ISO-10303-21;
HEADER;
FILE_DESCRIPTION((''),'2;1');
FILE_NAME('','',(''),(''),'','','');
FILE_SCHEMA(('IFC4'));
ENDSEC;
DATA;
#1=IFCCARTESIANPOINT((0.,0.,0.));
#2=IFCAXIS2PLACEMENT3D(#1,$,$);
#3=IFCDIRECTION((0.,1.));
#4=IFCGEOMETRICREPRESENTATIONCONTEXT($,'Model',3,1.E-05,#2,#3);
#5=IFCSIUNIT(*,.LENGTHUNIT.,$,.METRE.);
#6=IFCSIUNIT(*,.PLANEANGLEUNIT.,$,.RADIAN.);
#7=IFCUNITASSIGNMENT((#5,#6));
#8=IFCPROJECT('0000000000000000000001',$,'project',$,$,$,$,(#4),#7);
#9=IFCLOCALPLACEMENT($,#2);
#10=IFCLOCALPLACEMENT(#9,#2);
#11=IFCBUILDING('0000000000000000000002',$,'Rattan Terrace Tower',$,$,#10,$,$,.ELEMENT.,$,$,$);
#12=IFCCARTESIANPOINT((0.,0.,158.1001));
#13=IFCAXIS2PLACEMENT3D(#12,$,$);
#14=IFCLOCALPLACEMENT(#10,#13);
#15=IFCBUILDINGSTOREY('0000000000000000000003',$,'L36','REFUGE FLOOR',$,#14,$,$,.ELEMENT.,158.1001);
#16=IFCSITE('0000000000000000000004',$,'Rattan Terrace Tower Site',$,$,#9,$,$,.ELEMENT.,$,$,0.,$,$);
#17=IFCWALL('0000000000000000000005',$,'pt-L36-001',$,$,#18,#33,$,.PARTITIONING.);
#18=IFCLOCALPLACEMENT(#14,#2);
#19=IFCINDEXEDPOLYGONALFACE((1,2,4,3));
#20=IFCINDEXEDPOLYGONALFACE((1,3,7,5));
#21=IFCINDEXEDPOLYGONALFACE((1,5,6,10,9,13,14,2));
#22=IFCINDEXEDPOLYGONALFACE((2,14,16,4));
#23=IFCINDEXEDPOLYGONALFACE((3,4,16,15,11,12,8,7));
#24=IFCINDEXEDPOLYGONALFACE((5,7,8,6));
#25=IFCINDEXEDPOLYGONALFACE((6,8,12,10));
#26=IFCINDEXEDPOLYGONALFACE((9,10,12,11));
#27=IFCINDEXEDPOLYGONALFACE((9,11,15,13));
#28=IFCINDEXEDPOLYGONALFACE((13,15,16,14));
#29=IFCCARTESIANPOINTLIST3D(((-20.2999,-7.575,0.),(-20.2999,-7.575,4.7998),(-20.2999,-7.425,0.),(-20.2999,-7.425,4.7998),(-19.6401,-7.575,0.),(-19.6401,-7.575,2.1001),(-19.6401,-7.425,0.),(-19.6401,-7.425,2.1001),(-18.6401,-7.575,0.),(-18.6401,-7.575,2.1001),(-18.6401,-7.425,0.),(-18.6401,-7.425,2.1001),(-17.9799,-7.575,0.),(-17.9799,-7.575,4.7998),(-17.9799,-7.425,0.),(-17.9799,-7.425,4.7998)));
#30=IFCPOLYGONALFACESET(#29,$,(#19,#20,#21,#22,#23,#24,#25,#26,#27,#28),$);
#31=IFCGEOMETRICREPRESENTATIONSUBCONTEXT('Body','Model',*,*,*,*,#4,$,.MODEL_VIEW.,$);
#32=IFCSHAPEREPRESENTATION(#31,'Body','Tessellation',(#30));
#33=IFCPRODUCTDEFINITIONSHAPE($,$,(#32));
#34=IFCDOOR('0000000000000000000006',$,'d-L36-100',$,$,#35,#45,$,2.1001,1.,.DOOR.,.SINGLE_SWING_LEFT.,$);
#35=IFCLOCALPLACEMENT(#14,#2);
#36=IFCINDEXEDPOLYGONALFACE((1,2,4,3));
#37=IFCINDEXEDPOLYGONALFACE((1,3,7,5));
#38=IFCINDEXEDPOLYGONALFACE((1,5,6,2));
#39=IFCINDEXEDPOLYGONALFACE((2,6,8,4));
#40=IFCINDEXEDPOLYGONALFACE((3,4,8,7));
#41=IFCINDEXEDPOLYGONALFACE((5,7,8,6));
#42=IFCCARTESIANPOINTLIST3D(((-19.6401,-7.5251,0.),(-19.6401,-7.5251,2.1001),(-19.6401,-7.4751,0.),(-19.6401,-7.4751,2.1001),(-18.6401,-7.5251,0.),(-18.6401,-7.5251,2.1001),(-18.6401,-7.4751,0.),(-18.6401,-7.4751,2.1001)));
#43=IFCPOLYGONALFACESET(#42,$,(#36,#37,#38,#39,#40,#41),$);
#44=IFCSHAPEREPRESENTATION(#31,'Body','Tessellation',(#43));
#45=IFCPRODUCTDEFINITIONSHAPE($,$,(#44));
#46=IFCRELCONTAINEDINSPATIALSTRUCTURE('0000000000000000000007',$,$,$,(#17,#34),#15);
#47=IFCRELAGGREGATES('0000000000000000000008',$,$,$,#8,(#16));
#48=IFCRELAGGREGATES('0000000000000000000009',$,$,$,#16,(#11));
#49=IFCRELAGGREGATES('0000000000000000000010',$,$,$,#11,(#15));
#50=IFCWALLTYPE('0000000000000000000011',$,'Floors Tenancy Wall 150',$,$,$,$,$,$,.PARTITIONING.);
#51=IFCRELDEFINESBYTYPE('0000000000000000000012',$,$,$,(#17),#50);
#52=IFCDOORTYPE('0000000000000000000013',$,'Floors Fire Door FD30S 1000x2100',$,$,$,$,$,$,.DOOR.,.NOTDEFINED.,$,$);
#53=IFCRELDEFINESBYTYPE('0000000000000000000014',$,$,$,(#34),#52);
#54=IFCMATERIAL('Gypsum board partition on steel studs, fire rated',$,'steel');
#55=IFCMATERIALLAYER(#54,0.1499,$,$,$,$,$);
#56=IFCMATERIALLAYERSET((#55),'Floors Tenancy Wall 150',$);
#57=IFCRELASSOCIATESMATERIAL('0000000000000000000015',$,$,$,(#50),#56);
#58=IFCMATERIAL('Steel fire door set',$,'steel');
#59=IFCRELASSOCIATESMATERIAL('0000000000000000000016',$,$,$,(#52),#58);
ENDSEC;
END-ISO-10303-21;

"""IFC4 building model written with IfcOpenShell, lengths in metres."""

from ifc_helpers import new_model, si_unit, direction, frame, frame_2d, origin, place, context, subcontext, project, spatial, rectangle, extrude, material, layer, layer_set, type_object, element, fill, save


model = new_model("IFC4")

# Units and contexts
model_context = context("Model", 3, precision=1e-05, world=origin(), true_north=direction((0.0, 1.0)))
body_context = subcontext(model_context, "Body", "Model", "MODEL_VIEW")
ifc_project = project(units=[si_unit("LENGTHUNIT", "METRE"), si_unit("PLANEANGLEUNIT", "RADIAN")], contexts=[model_context])

# Site, building, storey
site_placement = place(None, origin())
site = spatial("IfcSite", under=ifc_project, at=site_placement, Name="Rattan Terrace Tower Site", CompositionType="ELEMENT", RefElevation=0.0)
building_placement = place(site_placement, origin())
building = spatial("IfcBuilding", under=site, at=building_placement, Name="Rattan Terrace Tower", CompositionType="ELEMENT")
storey_placement = place(building_placement, frame((0.0, 0.0, 158.1001)))
storey = spatial("IfcBuildingStorey", under=building, at=storey_placement, Name="L36", Description="REFUGE FLOOR", CompositionType="ELEMENT", Elevation=158.1001)

# Wall, opening, door
ifc_material_1 = material(Name="Gypsum board partition on steel studs, fire rated", Category="steel")
ifc_layer_1 = layer(ifc_material_1, 0.1499)
ifc_layer_set_1 = layer_set([ifc_layer_1], Name="Floors Tenancy Wall 150")
wall_type_1 = type_object("IfcWallType", Name="Floors Tenancy Wall 150", PredefinedType="PARTITIONING", material=ifc_layer_set_1)
wall_1_placement = place(storey_placement, frame((-20.3, -7.5, 0.0), z_axis=(0.0, 0.0, 1.0), x_axis=(1.0, 0.0, 0.0)))
wall_1 = element("IfcWall", 1, at=wall_1_placement, inside=storey, type_object=wall_type_1, Name="pt-L36-001", PredefinedType="PARTITIONING", context=body_context, shape_type="SweptSolid", body=[
    extrude(rectangle(XDim=2.3201, YDim=0.1499, at=frame_2d((1.1602, 0.0))), origin(), (0.0, 0.0, 1.0), 4.7998),
])
opening_1_placement = place(wall_1_placement, frame((0.6599, 0.0, 0.0)))
opening_1 = element("IfcOpeningElement", 2, at=opening_1_placement, cuts=wall_1, PredefinedType="OPENING", context=body_context, shape_type="SweptSolid", body=[
    extrude(rectangle(XDim=1.0, YDim=2.1001, at=frame_2d((0.5, 1.05))), frame((0.0, 0.0854, 0.0), z_axis=(0.0, -1.0, 0.0), x_axis=(1.0, 0.0, 0.0)), (0.0, 0.0, 1.0), 0.1709),
])
ifc_material_2 = material(Name="Steel fire door set", Category="steel")
door_type_1 = type_object("IfcDoorType", Name="Floors Fire Door FD30S 1000x2100", OperationType="NOTDEFINED", PredefinedType="DOOR", material=ifc_material_2)
door_1_placement = place(opening_1_placement, origin())
door_1 = element("IfcDoor", 3, at=door_1_placement, inside=storey, type_object=door_type_1, Name="d-L36-100", OperationType="SINGLE_SWING_LEFT", OverallHeight=2.1001, OverallWidth=1.0, PredefinedType="DOOR", context=body_context, shape_type="SweptSolid", body=[
    extrude(rectangle(XDim=1.0, YDim=2.1001, at=frame_2d((0.5, 1.05))), frame((0.0, 0.0249, 0.0), z_axis=(0.0, -1.0, 0.0), x_axis=(1.0, 0.0, 0.0)), (0.0, 0.0, 1.0), 0.05),
])
fill(opening_1, door_1)

save(model, "model.ifc")
